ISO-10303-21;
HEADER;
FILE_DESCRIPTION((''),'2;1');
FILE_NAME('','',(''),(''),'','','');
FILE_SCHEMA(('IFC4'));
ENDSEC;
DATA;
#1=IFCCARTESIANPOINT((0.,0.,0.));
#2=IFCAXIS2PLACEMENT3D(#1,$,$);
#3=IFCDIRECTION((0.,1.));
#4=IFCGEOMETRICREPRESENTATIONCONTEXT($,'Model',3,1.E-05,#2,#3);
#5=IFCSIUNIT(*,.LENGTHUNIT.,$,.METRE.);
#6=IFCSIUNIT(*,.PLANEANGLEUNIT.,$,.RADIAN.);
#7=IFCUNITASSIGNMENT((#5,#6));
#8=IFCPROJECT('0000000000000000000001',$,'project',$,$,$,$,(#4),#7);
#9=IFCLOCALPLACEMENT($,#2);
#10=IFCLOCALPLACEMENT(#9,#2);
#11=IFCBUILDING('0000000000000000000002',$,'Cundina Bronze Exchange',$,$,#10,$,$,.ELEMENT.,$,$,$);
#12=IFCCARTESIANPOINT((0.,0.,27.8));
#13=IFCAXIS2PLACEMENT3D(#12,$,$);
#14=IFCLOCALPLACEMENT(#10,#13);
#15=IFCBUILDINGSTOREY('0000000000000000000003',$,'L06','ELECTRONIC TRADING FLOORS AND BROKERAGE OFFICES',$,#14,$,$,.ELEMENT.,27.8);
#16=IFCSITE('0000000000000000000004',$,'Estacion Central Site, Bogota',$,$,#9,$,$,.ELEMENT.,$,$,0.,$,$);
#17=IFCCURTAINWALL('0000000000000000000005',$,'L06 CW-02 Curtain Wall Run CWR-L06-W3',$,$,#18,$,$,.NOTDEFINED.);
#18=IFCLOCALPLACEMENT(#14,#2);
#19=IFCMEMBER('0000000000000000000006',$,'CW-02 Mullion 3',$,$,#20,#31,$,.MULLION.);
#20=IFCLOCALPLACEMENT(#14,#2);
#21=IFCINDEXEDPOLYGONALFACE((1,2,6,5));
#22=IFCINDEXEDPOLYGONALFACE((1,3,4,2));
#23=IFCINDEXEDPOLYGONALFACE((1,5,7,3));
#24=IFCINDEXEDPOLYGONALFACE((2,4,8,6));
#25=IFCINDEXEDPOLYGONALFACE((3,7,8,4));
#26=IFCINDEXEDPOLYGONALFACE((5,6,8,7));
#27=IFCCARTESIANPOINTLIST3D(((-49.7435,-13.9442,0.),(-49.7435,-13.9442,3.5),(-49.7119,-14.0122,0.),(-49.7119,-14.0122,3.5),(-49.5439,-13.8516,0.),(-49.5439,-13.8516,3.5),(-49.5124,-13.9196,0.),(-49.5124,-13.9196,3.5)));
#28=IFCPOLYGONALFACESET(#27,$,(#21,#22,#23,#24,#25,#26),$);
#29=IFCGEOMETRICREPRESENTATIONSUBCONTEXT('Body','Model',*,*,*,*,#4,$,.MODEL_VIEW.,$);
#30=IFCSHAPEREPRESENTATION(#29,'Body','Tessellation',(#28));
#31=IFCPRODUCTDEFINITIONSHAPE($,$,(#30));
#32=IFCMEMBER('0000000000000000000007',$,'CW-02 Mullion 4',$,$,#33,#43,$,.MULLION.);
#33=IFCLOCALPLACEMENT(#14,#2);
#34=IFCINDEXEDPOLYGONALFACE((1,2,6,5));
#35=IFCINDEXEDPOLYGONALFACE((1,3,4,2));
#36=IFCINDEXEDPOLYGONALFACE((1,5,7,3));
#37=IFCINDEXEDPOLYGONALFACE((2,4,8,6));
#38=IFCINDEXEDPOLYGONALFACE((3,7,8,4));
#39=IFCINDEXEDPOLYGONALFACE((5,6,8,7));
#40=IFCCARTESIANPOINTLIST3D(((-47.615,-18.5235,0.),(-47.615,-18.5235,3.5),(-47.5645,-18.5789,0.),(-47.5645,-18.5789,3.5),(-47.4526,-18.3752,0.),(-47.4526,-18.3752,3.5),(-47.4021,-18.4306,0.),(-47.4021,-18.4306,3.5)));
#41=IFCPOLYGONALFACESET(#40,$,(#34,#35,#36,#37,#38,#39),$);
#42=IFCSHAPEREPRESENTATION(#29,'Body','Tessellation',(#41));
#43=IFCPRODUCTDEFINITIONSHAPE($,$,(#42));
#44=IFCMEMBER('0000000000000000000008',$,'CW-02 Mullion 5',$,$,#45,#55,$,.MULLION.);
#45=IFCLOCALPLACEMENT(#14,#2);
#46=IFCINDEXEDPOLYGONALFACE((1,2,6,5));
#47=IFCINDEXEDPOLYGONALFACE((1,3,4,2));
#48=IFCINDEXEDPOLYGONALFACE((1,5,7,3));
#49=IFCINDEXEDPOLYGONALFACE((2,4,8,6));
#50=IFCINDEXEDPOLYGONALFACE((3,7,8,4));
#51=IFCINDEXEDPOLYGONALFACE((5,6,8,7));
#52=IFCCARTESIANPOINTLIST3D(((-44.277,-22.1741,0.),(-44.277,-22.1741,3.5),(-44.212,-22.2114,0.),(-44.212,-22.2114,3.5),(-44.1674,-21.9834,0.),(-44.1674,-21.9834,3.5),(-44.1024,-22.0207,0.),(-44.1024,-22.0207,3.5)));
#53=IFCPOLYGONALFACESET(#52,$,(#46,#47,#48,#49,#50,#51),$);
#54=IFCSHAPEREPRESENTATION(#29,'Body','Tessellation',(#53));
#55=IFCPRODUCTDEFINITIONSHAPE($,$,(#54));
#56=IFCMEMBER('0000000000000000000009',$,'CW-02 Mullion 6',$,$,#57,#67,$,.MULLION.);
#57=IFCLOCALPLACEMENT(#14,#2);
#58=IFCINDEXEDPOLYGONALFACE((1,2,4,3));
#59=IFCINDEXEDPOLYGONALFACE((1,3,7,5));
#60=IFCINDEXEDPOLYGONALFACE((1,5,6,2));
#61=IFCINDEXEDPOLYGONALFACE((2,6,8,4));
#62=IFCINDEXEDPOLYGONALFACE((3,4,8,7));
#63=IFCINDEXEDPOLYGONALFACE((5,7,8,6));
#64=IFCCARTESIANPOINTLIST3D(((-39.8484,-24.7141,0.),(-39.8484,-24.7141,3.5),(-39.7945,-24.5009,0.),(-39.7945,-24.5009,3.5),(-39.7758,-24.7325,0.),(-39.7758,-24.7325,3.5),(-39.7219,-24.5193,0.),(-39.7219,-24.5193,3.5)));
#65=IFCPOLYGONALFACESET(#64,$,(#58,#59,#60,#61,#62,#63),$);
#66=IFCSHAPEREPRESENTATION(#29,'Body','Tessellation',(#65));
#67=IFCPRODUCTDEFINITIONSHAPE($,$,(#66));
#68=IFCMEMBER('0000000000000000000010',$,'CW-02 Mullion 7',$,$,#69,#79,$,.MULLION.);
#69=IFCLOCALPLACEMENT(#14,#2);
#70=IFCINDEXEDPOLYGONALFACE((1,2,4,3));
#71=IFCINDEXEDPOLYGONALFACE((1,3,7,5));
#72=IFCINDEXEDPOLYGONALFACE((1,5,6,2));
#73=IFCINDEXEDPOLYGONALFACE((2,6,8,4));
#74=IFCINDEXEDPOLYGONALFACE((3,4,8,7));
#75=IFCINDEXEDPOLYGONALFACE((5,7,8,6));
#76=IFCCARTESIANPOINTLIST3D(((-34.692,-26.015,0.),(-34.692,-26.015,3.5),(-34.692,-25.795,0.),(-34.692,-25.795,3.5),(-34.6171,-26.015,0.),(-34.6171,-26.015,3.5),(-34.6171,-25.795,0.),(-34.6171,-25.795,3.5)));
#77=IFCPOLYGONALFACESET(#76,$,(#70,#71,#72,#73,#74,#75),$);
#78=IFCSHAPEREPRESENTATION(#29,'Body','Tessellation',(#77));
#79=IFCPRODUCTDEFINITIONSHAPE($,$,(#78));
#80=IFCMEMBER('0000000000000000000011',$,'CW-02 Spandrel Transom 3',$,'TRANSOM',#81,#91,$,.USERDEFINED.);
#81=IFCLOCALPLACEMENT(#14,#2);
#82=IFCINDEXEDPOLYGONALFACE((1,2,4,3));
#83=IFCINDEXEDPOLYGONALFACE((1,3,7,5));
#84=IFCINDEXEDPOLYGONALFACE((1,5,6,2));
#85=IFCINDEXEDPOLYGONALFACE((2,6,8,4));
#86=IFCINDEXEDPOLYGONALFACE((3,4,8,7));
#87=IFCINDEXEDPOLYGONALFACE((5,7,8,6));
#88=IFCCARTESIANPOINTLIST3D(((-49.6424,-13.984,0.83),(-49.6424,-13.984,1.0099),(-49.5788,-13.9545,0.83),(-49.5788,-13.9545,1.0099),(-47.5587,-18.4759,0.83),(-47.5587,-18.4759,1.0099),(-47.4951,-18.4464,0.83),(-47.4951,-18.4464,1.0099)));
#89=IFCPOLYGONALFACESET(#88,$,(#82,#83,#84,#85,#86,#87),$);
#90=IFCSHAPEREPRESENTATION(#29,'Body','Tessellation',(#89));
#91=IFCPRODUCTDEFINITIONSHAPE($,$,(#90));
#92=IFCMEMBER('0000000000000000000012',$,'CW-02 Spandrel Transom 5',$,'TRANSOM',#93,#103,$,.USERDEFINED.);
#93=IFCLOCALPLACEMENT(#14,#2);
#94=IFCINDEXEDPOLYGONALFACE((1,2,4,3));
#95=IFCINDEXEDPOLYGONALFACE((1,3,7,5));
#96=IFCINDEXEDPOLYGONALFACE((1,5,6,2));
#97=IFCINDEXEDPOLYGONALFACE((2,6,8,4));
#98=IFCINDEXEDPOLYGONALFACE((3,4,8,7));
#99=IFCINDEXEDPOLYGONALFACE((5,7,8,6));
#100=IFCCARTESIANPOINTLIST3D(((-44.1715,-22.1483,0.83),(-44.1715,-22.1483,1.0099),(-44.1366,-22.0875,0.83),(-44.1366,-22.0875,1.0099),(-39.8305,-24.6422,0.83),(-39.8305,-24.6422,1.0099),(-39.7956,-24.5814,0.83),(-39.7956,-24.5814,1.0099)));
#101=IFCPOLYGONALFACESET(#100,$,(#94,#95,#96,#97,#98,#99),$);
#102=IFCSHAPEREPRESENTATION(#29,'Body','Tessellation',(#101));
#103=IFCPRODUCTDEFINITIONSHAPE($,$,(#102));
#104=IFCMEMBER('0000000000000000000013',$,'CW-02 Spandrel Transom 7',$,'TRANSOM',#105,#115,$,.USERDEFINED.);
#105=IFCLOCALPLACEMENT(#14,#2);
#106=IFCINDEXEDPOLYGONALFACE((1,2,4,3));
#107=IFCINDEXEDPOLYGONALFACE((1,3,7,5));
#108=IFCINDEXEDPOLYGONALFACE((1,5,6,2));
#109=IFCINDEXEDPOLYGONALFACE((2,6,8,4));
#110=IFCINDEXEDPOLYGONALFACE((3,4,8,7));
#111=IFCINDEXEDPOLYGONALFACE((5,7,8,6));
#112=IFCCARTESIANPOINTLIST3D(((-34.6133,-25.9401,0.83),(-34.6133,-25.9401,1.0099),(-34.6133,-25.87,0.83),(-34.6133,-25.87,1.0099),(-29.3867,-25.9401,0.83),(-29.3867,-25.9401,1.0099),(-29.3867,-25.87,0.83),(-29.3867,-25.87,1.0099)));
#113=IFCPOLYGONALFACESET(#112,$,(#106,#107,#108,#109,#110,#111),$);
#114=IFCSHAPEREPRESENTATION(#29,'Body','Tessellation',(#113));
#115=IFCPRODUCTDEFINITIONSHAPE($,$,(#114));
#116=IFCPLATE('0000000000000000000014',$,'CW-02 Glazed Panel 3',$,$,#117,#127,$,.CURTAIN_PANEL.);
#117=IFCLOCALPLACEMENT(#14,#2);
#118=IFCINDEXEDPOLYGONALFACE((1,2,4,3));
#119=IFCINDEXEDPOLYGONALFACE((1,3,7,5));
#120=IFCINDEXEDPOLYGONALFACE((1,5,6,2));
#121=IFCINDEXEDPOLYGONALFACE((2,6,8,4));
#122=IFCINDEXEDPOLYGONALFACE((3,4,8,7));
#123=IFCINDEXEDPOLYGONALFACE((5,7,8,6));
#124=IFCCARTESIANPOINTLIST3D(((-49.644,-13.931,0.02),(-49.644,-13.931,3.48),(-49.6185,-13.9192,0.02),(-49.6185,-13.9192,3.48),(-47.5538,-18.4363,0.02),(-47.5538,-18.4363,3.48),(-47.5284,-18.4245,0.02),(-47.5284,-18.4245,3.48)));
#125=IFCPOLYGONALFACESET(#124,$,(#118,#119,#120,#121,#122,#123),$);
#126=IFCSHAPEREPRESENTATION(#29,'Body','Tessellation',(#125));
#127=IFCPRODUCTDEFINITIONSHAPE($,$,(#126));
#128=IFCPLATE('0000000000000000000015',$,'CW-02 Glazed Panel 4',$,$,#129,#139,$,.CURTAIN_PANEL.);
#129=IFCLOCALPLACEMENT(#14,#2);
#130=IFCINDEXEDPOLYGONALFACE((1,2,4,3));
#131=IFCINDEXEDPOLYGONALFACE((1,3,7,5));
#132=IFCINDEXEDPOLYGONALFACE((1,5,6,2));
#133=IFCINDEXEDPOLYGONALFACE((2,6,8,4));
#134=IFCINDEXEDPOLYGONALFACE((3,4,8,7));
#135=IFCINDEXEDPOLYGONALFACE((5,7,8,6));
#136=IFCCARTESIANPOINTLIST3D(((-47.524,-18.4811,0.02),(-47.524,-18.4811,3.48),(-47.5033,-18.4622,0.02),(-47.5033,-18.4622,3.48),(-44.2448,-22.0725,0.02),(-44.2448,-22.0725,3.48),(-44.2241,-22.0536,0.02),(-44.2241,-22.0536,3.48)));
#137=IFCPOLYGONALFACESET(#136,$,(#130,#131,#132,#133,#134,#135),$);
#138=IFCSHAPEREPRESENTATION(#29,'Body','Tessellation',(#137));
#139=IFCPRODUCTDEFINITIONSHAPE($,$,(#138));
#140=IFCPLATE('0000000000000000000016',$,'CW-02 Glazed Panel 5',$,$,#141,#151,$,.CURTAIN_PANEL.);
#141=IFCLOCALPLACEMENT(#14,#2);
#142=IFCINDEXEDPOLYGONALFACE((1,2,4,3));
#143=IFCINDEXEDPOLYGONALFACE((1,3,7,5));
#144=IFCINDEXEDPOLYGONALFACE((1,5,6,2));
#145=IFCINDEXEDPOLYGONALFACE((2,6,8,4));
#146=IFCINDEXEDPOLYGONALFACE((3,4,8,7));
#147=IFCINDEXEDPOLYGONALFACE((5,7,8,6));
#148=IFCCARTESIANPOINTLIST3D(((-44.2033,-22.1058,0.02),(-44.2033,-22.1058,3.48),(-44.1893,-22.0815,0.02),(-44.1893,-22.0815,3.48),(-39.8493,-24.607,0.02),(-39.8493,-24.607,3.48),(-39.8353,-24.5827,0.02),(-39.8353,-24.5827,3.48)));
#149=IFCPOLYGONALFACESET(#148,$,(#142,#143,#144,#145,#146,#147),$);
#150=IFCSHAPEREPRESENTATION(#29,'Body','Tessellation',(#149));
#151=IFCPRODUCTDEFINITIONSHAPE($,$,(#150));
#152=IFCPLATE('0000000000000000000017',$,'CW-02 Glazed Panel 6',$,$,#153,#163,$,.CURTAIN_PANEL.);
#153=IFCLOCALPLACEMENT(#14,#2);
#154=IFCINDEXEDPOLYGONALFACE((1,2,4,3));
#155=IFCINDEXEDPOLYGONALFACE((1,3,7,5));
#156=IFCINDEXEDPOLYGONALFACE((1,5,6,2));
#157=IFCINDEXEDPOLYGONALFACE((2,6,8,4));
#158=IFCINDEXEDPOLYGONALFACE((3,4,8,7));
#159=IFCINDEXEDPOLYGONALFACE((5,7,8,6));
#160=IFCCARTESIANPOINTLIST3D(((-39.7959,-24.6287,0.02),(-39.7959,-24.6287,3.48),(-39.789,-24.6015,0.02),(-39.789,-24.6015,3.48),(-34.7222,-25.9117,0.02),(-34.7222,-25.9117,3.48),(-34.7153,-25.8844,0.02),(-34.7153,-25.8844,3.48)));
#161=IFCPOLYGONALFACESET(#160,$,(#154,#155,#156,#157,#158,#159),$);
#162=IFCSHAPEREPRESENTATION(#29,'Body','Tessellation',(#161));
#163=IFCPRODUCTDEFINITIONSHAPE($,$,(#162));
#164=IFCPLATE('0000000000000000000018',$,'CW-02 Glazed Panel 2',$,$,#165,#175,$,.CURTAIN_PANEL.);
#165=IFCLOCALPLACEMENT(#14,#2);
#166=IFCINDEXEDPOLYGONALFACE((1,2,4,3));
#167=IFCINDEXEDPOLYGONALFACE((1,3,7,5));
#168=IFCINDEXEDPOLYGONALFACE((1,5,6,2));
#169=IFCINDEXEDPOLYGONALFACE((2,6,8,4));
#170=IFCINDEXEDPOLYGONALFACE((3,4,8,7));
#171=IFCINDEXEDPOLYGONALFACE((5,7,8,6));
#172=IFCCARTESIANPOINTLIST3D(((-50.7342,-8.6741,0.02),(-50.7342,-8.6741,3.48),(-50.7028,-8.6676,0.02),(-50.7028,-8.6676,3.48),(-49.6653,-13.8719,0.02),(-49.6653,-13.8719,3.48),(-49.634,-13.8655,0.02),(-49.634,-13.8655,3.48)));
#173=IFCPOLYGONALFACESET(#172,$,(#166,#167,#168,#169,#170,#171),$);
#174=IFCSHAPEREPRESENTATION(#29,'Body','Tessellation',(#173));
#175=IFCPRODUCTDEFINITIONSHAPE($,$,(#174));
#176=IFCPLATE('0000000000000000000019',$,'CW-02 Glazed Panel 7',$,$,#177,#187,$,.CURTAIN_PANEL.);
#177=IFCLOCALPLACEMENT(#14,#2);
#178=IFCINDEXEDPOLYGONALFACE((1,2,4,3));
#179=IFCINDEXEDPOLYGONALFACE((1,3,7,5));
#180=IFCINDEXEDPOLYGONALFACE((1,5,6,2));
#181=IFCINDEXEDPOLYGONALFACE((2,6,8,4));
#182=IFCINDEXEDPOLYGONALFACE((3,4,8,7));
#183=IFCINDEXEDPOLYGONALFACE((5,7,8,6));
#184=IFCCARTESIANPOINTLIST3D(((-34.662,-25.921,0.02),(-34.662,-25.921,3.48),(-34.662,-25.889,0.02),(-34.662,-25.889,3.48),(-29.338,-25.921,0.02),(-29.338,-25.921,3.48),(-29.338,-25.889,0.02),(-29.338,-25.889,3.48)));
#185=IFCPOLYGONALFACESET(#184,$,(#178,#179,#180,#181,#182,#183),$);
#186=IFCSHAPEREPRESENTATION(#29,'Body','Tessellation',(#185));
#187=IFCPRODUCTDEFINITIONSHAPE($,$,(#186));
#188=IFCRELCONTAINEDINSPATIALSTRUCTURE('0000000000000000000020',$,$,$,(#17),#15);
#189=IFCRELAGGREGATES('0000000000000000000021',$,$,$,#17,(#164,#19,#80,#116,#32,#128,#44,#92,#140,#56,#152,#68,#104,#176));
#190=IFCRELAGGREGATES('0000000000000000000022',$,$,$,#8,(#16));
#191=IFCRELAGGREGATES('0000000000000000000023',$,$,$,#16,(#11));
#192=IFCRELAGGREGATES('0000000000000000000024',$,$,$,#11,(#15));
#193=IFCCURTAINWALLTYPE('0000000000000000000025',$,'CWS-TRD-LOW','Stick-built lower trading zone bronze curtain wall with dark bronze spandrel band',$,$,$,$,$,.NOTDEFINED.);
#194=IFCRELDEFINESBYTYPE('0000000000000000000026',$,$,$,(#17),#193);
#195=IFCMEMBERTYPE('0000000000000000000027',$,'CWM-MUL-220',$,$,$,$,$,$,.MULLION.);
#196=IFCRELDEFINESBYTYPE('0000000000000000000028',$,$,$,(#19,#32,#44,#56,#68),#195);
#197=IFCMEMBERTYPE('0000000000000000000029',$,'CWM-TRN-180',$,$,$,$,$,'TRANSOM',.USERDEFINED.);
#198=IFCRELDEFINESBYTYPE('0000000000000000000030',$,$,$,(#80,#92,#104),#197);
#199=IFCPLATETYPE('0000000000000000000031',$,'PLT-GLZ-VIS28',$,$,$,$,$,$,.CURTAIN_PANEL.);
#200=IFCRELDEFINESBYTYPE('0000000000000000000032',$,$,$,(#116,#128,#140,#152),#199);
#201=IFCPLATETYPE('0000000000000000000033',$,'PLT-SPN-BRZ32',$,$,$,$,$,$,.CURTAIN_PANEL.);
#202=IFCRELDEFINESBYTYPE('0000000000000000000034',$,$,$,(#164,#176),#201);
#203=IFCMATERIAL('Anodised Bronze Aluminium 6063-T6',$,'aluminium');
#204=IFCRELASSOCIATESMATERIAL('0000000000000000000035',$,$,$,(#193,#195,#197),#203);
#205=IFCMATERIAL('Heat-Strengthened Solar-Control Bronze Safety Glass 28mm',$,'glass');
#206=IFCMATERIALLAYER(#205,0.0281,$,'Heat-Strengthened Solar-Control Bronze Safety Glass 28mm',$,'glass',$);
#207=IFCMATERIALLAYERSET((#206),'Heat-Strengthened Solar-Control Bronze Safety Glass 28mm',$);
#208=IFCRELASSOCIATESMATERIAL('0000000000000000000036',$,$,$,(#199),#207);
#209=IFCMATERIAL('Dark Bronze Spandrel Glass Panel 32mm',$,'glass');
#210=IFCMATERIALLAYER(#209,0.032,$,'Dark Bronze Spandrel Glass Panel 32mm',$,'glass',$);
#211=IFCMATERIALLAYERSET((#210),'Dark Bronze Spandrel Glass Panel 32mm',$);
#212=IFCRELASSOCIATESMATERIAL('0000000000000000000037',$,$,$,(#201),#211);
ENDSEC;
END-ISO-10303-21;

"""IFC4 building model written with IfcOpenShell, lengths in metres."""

from ifc_helpers import new_model, si_unit, direction, frame, origin, origin_2d, place, context, subcontext, project, spatial, rectangle, extrude, material, layer, layer_set, material_profile, profile_set, type_object, element, aggregate, save


model = new_model("IFC4")

# Units and contexts
model_context = context("Model", 3, precision=1e-05, world=origin(), true_north=direction((0.0, 1.0)))
body_context = subcontext(model_context, "Body", "Model", "MODEL_VIEW")
ifc_project = project(units=[si_unit("LENGTHUNIT", "METRE"), si_unit("PLANEANGLEUNIT", "RADIAN")], contexts=[model_context])

# Site, building, storey
site_placement = place(None, origin())
site = spatial("IfcSite", under=ifc_project, at=site_placement, Name="Estacion Central Site, Bogota", CompositionType="ELEMENT", RefElevation=0.0)
building_placement = place(site_placement, origin())
building = spatial("IfcBuilding", under=site, at=building_placement, Name="Cundina Bronze Exchange", CompositionType="ELEMENT")
storey_placement = place(building_placement, frame((0.0, 0.0, 27.8)))
storey = spatial("IfcBuildingStorey", under=building, at=storey_placement, Name="L06", Description="ELECTRONIC TRADING FLOORS AND BROKERAGE OFFICES", CompositionType="ELEMENT", Elevation=27.8)

# Curtain wall, members, plates
ifc_material_1 = material(Name="Anodised Bronze Aluminium 6063-T6", Category="aluminium")
curtain_wall_type = type_object("IfcCurtainWallType", Name="CWS-TRD-LOW", Description="Stick-built lower trading zone bronze curtain wall with dark bronze spandrel band", PredefinedType="NOTDEFINED", material=ifc_material_1)
curtain_wall_placement = place(storey_placement, origin())
curtain_wall = element("IfcCurtainWall", 1, at=curtain_wall_placement, inside=storey, type_object=curtain_wall_type, Name="L06 CW-02 Curtain Wall Run CWR-L06-W3", PredefinedType="NOTDEFINED")
ifc_material_profile_1 = material_profile(ifc_material_1, rectangle(XDim=0.075, YDim=0.22, at=origin_2d()), Name="AL75X220", Category="aluminium")
ifc_profile_set_1 = profile_set([ifc_material_profile_1], Name="Anodised Bronze Aluminium 6063-T6")
member_type_1 = type_object("IfcMemberType", Name="CWM-MUL-220", PredefinedType="MULLION", material=ifc_profile_set_1)
member_1_placement = place(storey_placement, frame((-49.6279, -13.9319, 0.0), z_axis=(0.0, 0.0, 1.0), x_axis=(0.420877, -0.907117, 0.0)))
member_1 = element("IfcMember", 2, at=member_1_placement, type_object=member_type_1, Name="CW-02 Mullion 3", PredefinedType="MULLION", context=body_context, shape_type="SweptSolid", body=[
    extrude(rectangle(XDim=0.075, YDim=0.22, at=origin_2d()), origin(), (0.0, 0.0, 1.0), 3.5),
])
member_2_placement = place(storey_placement, frame((-47.5085, -18.4771, 0.0), z_axis=(0.0, 0.0, 1.0), x_axis=(0.674302, -0.738455, 0.0)))
member_2 = element("IfcMember", 3, at=member_2_placement, type_object=member_type_1, Name="CW-02 Mullion 4", PredefinedType="MULLION", context=body_context, shape_type="SweptSolid", body=[
    extrude(rectangle(XDim=0.075, YDim=0.22, at=origin_2d()), origin(), (0.0, 0.0, 1.0), 3.5),
])
member_3_placement = place(storey_placement, frame((-44.1897, -22.0974, 0.0), z_axis=(0.0, 0.0, 1.0), x_axis=(0.867071, -0.498185, 0.0)))
member_3 = element("IfcMember", 4, at=member_3_placement, type_object=member_type_1, Name="CW-02 Mullion 5", PredefinedType="MULLION", context=body_context, shape_type="SweptSolid", body=[
    extrude(rectangle(XDim=0.075, YDim=0.22, at=origin_2d()), origin(), (0.0, 0.0, 1.0), 3.5),
])
member_4_placement = place(storey_placement, frame((-39.7852, -24.6167, 0.0), z_axis=(0.0, 0.0, 1.0), x_axis=(0.969488, -0.245138, 0.0)))
member_4 = element("IfcMember", 5, at=member_4_placement, type_object=member_type_1, Name="CW-02 Mullion 6", PredefinedType="MULLION", context=body_context, shape_type="SweptSolid", body=[
    extrude(rectangle(XDim=0.075, YDim=0.22, at=origin_2d()), origin(), (0.0, 0.0, 1.0), 3.5),
])
member_5_placement = place(storey_placement, frame((-34.6545, -25.905, 0.0), z_axis=(0.0, 0.0, 1.0), x_axis=(1.0, 0.0, 0.0)))
member_5 = element("IfcMember", 6, at=member_5_placement, type_object=member_type_1, Name="CW-02 Mullion 7", PredefinedType="MULLION", context=body_context, shape_type="SweptSolid", body=[
    extrude(rectangle(XDim=0.075, YDim=0.22, at=origin_2d()), origin(), (0.0, 0.0, 1.0), 3.5),
])
ifc_material_profile_2 = material_profile(ifc_material_1, rectangle(XDim=0.0701, YDim=0.1799, at=origin_2d()), Name="AL70X180", Category="aluminium")
ifc_profile_set_2 = profile_set([ifc_material_profile_2], Name="Anodised Bronze Aluminium 6063-T6")
member_type_2 = type_object("IfcMemberType", Name="CWM-TRN-180", ElementType="TRANSOM", PredefinedType="USERDEFINED", material=ifc_profile_set_2)
member_6_placement = place(storey_placement, frame((-49.6106, -13.9692, 0.9199), z_axis=(0.420811, -0.907148, 0.0), x_axis=(0.907148, 0.420811, 0.0)))
member_6 = element("IfcMember", 7, at=member_6_placement, type_object=member_type_2, Name="CW-02 Spandrel Transom 3", ObjectType="TRANSOM", PredefinedType="USERDEFINED", context=body_context, shape_type="SweptSolid", body=[
    extrude(rectangle(XDim=0.0701, YDim=0.1799, at=origin_2d()), origin(), (0.0, 0.0, 1.0), 4.9517),
])
member_7_placement = place(storey_placement, frame((-44.1541, -22.1179, 0.9199), z_axis=(0.867097, -0.498139, 0.0), x_axis=(0.498139, 0.867097, 0.0)))
member_7 = element("IfcMember", 8, at=member_7_placement, type_object=member_type_2, Name="CW-02 Spandrel Transom 5", ObjectType="TRANSOM", PredefinedType="USERDEFINED", context=body_context, shape_type="SweptSolid", body=[
    extrude(rectangle(XDim=0.0701, YDim=0.1799, at=origin_2d()), origin(), (0.0, 0.0, 1.0), 5.0063),
])
member_8_placement = place(storey_placement, frame((-34.6133, -25.905, 0.9199), z_axis=(1.0, 0.0, 0.0), x_axis=(0.0, 1.0, 0.0)))
member_8 = element("IfcMember", 9, at=member_8_placement, type_object=member_type_2, Name="CW-02 Spandrel Transom 7", ObjectType="TRANSOM", PredefinedType="USERDEFINED", context=body_context, shape_type="SweptSolid", body=[
    extrude(rectangle(XDim=0.0701, YDim=0.1799, at=origin_2d()), origin(), (0.0, 0.0, 1.0), 5.2266),
])
ifc_material_2 = material(Name="Heat-Strengthened Solar-Control Bronze Safety Glass 28mm", Category="glass")
ifc_layer_1 = layer(ifc_material_2, 0.0281, Name="Heat-Strengthened Solar-Control Bronze Safety Glass 28mm", Category="glass")
ifc_layer_set_1 = layer_set([ifc_layer_1], Name="Heat-Strengthened Solar-Control Bronze Safety Glass 28mm")
plate_type_1 = type_object("IfcPlateType", Name="PLT-GLZ-VIS28", PredefinedType="CURTAIN_PANEL", material=ifc_layer_set_1)
plate_1_placement = place(storey_placement, frame((-48.5862, -16.1777, 0.02), z_axis=(0.0, 0.0, 1.0), x_axis=(0.420846, -0.907132, 0.0)))
plate_1 = element("IfcPlate", 10, at=plate_1_placement, type_object=plate_type_1, Name="CW-02 Glazed Panel 3", PredefinedType="CURTAIN_PANEL", context=body_context, shape_type="SweptSolid", body=[
    extrude(rectangle(XDim=4.9666, YDim=0.0281, at=origin_2d()), origin(), (0.0, 0.0, 1.0), 3.46),
])
plate_2_placement = place(storey_placement, frame((-45.874, -20.2673, 0.02), z_axis=(0.0, 0.0, 1.0), x_axis=(0.674277, -0.738479, 0.0)))
plate_2 = element("IfcPlate", 11, at=plate_2_placement, type_object=plate_type_1, Name="CW-02 Glazed Panel 4", PredefinedType="CURTAIN_PANEL", context=body_context, shape_type="SweptSolid", body=[
    extrude(rectangle(XDim=4.8633, YDim=0.0281, at=origin_2d()), origin(), (0.0, 0.0, 1.0), 3.46),
])
plate_3_placement = place(storey_placement, frame((-42.0193, -23.3442, 0.02), z_axis=(0.0, 0.0, 1.0), x_axis=(0.867105, -0.498125, 0.0)))
plate_3 = element("IfcPlate", 12, at=plate_3_placement, type_object=plate_type_1, Name="CW-02 Glazed Panel 5", PredefinedType="CURTAIN_PANEL", context=body_context, shape_type="SweptSolid", body=[
    extrude(rectangle(XDim=5.0212, YDim=0.0281, at=origin_2d()), origin(), (0.0, 0.0, 1.0), 3.46),
])
plate_4_placement = place(storey_placement, frame((-37.2556, -25.2566, 0.02), z_axis=(0.0, 0.0, 1.0), x_axis=(0.969488, -0.245138, 0.0)))
plate_4 = element("IfcPlate", 13, at=plate_4_placement, type_object=plate_type_1, Name="CW-02 Glazed Panel 6", PredefinedType="CURTAIN_PANEL", context=body_context, shape_type="SweptSolid", body=[
    extrude(rectangle(XDim=5.2334, YDim=0.0281, at=origin_2d()), origin(), (0.0, 0.0, 1.0), 3.46),
])
ifc_material_3 = material(Name="Dark Bronze Spandrel Glass Panel 32mm", Category="glass")
ifc_layer_2 = layer(ifc_material_3, 0.032, Name="Dark Bronze Spandrel Glass Panel 32mm", Category="glass")
ifc_layer_set_2 = layer_set([ifc_layer_2], Name="Dark Bronze Spandrel Glass Panel 32mm")
plate_type_2 = type_object("IfcPlateType", Name="PLT-SPN-BRZ32", PredefinedType="CURTAIN_PANEL", material=ifc_layer_set_2)
plate_5_placement = place(storey_placement, frame((-50.1841, -11.2698, 0.02), z_axis=(0.0, 0.0, 1.0), x_axis=(0.20142, -0.979505, 0.0)))
plate_5 = element("IfcPlate", 14, at=plate_5_placement, type_object=plate_type_2, Name="CW-02 Glazed Panel 2", PredefinedType="CURTAIN_PANEL", context=body_context, shape_type="SweptSolid", body=[
    extrude(rectangle(XDim=5.3066, YDim=0.032, at=origin_2d()), origin(), (0.0, 0.0, 1.0), 3.46),
])
plate_6_placement = place(storey_placement, frame((-32.0, -25.905, 0.02), z_axis=(0.0, 0.0, 1.0), x_axis=(1.0, 0.0, 0.0)))
plate_6 = element("IfcPlate", 15, at=plate_6_placement, type_object=plate_type_2, Name="CW-02 Glazed Panel 7", PredefinedType="CURTAIN_PANEL", context=body_context, shape_type="SweptSolid", body=[
    extrude(rectangle(XDim=5.324, YDim=0.032, at=origin_2d()), origin(), (0.0, 0.0, 1.0), 3.46),
])
aggregate(curtain_wall, [plate_5, member_1, member_6, plate_1, member_2, plate_2, member_3, member_7, plate_3, member_4, plate_4, member_5, member_8, plate_6])

save(model, "model.ifc")
